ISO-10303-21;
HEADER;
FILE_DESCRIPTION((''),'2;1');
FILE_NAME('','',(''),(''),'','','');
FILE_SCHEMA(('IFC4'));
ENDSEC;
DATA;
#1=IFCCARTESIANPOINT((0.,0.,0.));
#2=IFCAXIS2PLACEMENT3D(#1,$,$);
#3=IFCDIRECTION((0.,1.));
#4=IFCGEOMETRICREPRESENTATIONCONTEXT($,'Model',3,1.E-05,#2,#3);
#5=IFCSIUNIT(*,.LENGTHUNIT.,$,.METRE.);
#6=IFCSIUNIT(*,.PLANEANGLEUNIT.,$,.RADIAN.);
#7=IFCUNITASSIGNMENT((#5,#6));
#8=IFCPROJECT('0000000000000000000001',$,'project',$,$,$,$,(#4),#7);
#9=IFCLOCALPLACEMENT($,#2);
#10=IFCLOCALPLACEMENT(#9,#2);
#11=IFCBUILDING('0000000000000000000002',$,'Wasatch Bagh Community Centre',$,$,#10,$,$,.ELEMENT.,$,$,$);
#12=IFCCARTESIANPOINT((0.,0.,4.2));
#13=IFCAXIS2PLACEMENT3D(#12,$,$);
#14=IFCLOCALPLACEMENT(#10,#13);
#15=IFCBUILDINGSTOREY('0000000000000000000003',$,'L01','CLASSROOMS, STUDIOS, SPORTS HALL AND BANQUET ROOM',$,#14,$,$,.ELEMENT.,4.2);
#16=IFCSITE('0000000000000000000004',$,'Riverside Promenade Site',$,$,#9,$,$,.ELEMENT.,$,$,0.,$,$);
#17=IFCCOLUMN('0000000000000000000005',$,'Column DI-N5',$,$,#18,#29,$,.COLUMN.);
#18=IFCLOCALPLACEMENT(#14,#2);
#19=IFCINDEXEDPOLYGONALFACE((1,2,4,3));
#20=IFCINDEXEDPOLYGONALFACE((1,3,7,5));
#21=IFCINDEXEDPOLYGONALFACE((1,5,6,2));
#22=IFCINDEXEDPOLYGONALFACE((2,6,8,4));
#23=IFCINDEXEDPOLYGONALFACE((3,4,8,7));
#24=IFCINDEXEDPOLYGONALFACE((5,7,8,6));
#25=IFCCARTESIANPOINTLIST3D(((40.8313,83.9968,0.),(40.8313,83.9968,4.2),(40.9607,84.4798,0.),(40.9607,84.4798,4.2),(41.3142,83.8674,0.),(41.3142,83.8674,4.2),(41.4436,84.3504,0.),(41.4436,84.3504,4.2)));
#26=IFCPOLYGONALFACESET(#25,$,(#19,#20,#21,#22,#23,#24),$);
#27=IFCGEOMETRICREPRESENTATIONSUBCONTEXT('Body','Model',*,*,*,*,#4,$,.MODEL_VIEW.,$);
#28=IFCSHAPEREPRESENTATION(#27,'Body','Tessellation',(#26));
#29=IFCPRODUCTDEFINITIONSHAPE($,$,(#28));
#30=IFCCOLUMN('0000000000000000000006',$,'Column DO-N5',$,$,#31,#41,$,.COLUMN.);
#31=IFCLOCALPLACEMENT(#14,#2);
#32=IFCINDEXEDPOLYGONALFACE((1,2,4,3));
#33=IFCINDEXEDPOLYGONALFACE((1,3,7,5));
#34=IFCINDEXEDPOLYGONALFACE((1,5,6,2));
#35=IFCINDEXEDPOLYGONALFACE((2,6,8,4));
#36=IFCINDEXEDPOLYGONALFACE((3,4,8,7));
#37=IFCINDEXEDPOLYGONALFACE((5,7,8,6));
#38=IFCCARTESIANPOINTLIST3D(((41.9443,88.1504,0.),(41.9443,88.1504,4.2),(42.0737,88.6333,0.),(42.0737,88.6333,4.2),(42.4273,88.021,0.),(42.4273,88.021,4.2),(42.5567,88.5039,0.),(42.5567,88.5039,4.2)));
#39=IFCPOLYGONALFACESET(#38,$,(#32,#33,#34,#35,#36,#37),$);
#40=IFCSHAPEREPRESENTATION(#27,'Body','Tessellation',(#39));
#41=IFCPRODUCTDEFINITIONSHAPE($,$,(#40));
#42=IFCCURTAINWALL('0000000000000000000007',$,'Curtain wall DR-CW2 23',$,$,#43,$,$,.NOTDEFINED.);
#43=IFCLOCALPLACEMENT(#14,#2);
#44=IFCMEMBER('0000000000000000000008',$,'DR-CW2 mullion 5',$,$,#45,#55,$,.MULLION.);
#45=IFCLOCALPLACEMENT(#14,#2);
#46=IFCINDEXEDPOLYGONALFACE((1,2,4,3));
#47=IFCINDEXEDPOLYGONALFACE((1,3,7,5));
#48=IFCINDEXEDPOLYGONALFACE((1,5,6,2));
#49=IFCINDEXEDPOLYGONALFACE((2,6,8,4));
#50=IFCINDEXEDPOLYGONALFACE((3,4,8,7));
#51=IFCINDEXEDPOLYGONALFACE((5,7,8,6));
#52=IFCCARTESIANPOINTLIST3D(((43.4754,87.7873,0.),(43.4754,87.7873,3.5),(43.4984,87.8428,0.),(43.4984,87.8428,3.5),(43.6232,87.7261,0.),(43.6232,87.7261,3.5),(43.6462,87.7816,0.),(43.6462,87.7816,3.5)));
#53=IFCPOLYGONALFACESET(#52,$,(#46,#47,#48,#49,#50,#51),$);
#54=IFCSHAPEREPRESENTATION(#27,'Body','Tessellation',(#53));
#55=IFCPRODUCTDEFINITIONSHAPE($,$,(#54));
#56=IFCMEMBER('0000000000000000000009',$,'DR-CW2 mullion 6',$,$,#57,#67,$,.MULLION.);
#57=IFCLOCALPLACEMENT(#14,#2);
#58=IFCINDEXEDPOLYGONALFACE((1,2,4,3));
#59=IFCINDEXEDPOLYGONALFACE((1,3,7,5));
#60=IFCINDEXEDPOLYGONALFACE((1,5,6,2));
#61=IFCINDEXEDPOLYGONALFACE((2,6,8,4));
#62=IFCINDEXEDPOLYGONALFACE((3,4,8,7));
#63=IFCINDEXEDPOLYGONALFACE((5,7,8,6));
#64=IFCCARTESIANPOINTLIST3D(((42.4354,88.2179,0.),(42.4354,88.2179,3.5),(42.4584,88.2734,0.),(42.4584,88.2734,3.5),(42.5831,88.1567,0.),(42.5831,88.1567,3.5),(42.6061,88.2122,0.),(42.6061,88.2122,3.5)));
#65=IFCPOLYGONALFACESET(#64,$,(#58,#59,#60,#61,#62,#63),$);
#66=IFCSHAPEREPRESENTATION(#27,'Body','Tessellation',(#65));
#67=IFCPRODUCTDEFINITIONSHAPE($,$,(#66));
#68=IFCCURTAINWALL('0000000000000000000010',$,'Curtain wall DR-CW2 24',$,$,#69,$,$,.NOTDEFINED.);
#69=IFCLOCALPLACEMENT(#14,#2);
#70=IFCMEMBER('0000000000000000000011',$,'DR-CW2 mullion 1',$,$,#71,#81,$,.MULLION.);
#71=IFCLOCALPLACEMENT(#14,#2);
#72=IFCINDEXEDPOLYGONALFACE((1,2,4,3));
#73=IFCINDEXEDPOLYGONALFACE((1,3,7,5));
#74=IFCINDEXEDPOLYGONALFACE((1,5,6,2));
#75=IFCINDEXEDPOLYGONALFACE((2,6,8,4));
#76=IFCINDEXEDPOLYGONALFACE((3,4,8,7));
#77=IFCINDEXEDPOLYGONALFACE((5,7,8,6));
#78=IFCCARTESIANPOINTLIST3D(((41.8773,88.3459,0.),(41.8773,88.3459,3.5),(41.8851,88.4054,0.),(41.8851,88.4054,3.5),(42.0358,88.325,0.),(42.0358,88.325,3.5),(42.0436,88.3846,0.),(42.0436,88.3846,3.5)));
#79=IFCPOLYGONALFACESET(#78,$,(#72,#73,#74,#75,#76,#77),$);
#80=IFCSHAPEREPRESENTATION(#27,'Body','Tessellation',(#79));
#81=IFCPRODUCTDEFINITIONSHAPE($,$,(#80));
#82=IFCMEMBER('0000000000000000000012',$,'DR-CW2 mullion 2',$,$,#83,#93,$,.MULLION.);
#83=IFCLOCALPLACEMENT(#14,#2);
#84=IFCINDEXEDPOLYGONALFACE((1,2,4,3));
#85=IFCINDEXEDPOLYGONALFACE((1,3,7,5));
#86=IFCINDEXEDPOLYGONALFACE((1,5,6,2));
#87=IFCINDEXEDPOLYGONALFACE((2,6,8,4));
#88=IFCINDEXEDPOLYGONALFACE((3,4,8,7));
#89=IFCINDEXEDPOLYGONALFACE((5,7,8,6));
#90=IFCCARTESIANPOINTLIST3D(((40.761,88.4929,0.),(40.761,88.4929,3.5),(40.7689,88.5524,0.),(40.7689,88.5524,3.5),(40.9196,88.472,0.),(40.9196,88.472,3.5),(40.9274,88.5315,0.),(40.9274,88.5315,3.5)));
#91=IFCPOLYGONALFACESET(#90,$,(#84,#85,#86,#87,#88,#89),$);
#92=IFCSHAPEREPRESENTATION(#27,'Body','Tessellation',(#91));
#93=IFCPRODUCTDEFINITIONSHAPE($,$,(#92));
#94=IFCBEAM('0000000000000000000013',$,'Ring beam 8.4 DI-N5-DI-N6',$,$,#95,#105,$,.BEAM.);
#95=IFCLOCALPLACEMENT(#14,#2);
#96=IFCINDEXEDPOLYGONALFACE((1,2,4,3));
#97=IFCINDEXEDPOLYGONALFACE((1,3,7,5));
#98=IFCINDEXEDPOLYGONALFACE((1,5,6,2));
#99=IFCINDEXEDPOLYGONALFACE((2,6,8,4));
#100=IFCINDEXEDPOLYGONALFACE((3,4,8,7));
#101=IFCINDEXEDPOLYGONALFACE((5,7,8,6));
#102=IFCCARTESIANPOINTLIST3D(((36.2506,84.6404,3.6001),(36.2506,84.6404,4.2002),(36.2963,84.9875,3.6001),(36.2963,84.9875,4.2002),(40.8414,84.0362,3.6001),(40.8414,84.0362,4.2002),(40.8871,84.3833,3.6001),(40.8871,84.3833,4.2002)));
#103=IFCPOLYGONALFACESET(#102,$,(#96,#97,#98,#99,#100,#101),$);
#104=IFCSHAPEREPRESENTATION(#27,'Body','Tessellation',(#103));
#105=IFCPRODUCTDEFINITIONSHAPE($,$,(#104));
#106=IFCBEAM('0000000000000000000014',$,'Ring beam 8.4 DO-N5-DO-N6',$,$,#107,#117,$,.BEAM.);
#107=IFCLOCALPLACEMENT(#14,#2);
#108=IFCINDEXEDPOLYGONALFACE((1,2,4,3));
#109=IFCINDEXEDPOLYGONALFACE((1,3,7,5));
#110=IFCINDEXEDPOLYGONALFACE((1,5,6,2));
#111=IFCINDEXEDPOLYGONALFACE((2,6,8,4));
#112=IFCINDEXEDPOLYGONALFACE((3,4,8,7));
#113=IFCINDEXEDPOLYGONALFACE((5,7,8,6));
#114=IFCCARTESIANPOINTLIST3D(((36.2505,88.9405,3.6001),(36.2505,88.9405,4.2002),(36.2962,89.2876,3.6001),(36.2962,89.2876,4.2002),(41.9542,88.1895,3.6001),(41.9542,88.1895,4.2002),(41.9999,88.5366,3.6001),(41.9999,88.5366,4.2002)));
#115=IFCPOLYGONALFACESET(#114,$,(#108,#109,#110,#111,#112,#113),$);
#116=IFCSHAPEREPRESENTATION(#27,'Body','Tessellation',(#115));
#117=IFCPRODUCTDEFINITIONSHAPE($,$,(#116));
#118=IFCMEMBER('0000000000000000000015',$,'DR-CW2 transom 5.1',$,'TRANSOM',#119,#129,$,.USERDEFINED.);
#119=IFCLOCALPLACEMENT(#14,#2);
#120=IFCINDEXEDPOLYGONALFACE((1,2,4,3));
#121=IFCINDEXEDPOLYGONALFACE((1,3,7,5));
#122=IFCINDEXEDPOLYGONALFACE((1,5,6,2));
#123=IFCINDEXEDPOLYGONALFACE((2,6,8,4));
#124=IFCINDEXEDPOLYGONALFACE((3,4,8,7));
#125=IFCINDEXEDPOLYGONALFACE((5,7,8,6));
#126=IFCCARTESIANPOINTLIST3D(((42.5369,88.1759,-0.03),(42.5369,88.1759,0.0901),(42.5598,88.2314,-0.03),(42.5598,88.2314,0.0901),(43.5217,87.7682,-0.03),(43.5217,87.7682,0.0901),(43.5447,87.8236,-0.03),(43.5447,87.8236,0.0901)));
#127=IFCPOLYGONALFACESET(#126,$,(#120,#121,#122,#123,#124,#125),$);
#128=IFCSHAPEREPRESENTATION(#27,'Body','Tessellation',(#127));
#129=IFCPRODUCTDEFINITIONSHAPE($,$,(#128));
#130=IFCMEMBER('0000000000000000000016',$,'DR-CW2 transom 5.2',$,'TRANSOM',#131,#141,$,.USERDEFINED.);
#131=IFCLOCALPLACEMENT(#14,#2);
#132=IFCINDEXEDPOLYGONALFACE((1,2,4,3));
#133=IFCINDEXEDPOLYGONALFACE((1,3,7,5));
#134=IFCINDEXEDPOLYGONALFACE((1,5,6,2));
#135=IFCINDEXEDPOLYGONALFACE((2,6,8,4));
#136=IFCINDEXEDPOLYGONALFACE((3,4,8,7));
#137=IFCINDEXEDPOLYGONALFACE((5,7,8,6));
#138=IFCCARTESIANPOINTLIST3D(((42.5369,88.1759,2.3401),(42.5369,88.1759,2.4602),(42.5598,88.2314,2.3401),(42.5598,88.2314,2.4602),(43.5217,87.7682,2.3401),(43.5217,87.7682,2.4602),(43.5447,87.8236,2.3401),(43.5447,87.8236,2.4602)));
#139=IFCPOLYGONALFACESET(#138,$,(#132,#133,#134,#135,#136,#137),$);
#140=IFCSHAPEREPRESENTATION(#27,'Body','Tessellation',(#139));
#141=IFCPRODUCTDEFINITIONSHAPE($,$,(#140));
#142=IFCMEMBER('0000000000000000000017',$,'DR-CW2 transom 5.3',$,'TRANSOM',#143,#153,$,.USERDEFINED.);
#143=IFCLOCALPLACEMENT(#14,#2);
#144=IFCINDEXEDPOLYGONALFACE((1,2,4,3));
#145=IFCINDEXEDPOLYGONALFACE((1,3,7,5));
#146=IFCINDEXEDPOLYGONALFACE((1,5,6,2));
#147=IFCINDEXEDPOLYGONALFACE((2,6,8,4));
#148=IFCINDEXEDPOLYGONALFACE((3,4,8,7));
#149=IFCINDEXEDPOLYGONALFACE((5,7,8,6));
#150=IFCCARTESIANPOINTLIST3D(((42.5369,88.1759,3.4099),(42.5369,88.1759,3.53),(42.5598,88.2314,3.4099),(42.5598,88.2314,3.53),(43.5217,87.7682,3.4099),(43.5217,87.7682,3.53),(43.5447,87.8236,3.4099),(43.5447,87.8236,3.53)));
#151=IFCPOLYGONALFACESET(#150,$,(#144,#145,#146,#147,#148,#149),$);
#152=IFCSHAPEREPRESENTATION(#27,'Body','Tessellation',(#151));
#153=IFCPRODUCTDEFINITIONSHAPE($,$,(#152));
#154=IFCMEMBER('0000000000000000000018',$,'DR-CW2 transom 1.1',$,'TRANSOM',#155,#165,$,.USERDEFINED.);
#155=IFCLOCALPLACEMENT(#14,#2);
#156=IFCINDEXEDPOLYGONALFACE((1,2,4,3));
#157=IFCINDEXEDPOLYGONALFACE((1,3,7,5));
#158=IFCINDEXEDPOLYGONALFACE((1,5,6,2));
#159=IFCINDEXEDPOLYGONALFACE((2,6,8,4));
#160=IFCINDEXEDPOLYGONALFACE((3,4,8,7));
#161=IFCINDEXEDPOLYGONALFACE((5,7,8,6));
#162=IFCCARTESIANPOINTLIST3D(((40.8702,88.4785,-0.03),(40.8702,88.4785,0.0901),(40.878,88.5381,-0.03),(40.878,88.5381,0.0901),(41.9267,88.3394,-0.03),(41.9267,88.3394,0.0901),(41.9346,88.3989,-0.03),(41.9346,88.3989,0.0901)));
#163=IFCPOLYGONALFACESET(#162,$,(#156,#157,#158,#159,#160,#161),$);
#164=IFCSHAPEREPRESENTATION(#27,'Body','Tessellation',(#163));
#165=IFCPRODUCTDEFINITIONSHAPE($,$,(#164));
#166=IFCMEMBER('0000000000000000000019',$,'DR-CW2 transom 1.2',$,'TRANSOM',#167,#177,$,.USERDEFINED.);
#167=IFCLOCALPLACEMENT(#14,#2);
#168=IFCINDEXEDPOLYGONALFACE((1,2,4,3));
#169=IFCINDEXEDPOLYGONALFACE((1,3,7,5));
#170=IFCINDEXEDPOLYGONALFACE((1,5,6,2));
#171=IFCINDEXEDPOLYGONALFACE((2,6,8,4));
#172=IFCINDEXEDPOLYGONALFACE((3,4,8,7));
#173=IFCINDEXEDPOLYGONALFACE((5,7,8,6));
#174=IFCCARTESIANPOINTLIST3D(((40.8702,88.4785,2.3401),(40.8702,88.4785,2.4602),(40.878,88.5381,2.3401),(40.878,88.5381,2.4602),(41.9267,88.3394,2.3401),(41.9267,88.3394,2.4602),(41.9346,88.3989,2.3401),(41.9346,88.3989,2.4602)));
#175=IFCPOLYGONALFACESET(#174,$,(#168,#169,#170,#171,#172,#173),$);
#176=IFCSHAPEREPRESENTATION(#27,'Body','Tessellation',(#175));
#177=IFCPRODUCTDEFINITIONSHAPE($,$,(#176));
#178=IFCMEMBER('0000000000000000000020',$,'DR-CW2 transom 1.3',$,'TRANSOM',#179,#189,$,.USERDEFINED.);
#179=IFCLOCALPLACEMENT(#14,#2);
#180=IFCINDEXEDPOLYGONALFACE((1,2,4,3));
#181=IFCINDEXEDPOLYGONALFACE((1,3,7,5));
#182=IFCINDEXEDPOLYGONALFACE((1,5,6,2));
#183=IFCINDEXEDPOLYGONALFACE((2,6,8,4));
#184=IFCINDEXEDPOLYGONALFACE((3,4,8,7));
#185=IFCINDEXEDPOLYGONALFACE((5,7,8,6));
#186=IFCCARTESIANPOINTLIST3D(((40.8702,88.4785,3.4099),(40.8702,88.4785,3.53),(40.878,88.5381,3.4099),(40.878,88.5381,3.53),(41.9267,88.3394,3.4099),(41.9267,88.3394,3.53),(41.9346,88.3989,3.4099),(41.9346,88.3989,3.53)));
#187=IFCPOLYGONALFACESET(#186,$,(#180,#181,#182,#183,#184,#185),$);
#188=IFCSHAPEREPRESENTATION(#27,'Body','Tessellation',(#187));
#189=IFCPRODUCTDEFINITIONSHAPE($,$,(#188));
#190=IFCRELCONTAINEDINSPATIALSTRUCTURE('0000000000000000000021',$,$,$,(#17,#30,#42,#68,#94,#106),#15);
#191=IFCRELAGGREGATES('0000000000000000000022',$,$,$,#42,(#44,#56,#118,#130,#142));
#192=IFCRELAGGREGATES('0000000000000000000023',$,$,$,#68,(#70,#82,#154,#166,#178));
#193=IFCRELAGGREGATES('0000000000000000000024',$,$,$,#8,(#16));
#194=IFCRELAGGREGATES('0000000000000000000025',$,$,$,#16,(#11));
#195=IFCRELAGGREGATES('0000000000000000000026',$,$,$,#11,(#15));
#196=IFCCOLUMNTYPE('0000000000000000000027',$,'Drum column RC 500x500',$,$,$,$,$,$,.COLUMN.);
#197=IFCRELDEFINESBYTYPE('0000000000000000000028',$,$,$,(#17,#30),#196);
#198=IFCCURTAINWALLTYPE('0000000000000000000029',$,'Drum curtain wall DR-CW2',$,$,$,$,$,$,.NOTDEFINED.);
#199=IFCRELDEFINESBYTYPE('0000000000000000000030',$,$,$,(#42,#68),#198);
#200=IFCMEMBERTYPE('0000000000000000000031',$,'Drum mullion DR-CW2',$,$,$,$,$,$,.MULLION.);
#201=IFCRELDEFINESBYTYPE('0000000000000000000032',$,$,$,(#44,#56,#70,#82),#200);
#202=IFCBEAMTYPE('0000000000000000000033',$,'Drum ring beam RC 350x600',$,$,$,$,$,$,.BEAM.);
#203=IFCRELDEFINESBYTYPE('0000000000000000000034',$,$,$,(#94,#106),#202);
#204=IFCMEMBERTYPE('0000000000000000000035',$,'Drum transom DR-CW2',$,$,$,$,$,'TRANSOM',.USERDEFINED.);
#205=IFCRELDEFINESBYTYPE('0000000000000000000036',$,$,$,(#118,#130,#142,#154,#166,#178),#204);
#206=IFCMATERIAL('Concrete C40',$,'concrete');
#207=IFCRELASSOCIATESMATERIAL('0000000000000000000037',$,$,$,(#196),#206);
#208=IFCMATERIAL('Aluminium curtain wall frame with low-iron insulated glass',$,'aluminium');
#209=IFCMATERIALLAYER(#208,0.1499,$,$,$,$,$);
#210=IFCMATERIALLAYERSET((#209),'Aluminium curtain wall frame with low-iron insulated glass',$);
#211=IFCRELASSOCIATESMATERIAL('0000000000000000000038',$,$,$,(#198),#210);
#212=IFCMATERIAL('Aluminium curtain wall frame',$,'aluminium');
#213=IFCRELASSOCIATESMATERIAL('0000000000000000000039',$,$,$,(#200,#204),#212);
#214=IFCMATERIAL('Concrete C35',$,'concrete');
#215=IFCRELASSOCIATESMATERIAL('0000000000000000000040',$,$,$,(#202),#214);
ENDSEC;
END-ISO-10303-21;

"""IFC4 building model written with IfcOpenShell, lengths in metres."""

from ifc_helpers import new_model, si_unit, direction, frame, origin, origin_2d, place, context, subcontext, project, spatial, rectangle, extrude, material, layer, layer_set, material_profile, profile_set, type_object, element, aggregate, save


model = new_model("IFC4")

# Units and contexts
model_context = context("Model", 3, precision=1e-05, world=origin(), true_north=direction((0.0, 1.0)))
body_context = subcontext(model_context, "Body", "Model", "MODEL_VIEW")
ifc_project = project(units=[si_unit("LENGTHUNIT", "METRE"), si_unit("PLANEANGLEUNIT", "RADIAN")], contexts=[model_context])

# Site, building, storey
site_placement = place(None, origin())
site = spatial("IfcSite", under=ifc_project, at=site_placement, Name="Riverside Promenade Site", CompositionType="ELEMENT", RefElevation=0.0)
building_placement = place(site_placement, origin())
building = spatial("IfcBuilding", under=site, at=building_placement, Name="Wasatch Bagh Community Centre", CompositionType="ELEMENT")
storey_placement = place(building_placement, frame((0.0, 0.0, 4.2)))
storey = spatial("IfcBuildingStorey", under=building, at=storey_placement, Name="L01", Description="CLASSROOMS, STUDIOS, SPORTS HALL AND BANQUET ROOM", CompositionType="ELEMENT", Elevation=4.2)

# Columns
ifc_material_1 = material(Name="Concrete C40", Category="concrete")
ifc_material_profile_1 = material_profile(ifc_material_1, rectangle(XDim=0.5, YDim=0.5, at=origin_2d()), Name="RC 500x500")
ifc_profile_set_1 = profile_set([ifc_material_profile_1], Name="Concrete C40")
column_type = type_object("IfcColumnType", Name="Drum column RC 500x500", PredefinedType="COLUMN", material=ifc_profile_set_1)
for number, where, z_axis, x_axis, name in (
    (1, (41.1375, 84.1736, 0.0), (0.0, 0.0, 1.0), (0.258819, 0.965926, 0.0), "Column DI-N5"),
    (2, (42.2505, 88.3271, 0.0), (0.0, 0.0, 1.0), (0.258819, 0.965926, 0.0), "Column DO-N5"),
):
    element("IfcColumn", number, at=place(storey_placement, frame(where, z_axis=z_axis, x_axis=x_axis)), inside=storey, type_object=column_type, Name=name, PredefinedType="COLUMN", context=body_context, shape_type="SweptSolid", body=[
        extrude(rectangle(XDim=0.5, YDim=0.5, at=origin_2d()), origin(), (0.0, 0.0, 1.0), 4.2),
    ])

# Curtain walls, members
ifc_material_2 = material(Name="Aluminium curtain wall frame with low-iron insulated glass", Category="aluminium")
ifc_layer_1 = layer(ifc_material_2, 0.1499)
ifc_layer_set_1 = layer_set([ifc_layer_1], Name="Aluminium curtain wall frame with low-iron insulated glass")
curtain_wall_type = type_object("IfcCurtainWallType", Name="Drum curtain wall DR-CW2", PredefinedType="NOTDEFINED", material=ifc_layer_set_1)
curtain_wall_1_placement = place(storey_placement, origin())
curtain_wall_1 = element("IfcCurtainWall", 3, at=curtain_wall_1_placement, inside=storey, type_object=curtain_wall_type, Name="Curtain wall DR-CW2 23", PredefinedType="NOTDEFINED")
ifc_material_3 = material(Name="Aluminium curtain wall frame", Category="aluminium")
ifc_material_profile_2 = material_profile(ifc_material_3, rectangle(XDim=0.0601, YDim=0.1599, at=origin_2d()), Name="Drum mullion DR-CW2")
ifc_profile_set_2 = profile_set([ifc_material_profile_2], Name="Aluminium curtain wall frame")
member_type_1 = type_object("IfcMemberType", Name="Drum mullion DR-CW2", PredefinedType="MULLION", material=ifc_profile_set_2)
member_1_placement = place(storey_placement, frame((43.5608, 87.7844, 0.0), z_axis=(0.0, 0.0, 1.0), x_axis=(-0.382683, -0.92388, 0.0)))
member_1 = element("IfcMember", 4, at=member_1_placement, type_object=member_type_1, Name="DR-CW2 mullion 5", PredefinedType="MULLION", context=body_context, shape_type="SweptSolid", body=[
    extrude(rectangle(XDim=0.0601, YDim=0.1599, at=origin_2d()), origin(), (0.0, 0.0, 1.0), 3.5),
])
member_2_placement = place(storey_placement, frame((42.5208, 88.2151, 0.0), z_axis=(0.0, 0.0, 1.0), x_axis=(-0.382683, -0.92388, 0.0)))
member_2 = element("IfcMember", 5, at=member_2_placement, type_object=member_type_1, Name="DR-CW2 mullion 6", PredefinedType="MULLION", context=body_context, shape_type="SweptSolid", body=[
    extrude(rectangle(XDim=0.0601, YDim=0.1599, at=origin_2d()), origin(), (0.0, 0.0, 1.0), 3.5),
])
curtain_wall_2_placement = place(storey_placement, origin())
curtain_wall_2 = element("IfcCurtainWall", 6, at=curtain_wall_2_placement, inside=storey, type_object=curtain_wall_type, Name="Curtain wall DR-CW2 24", PredefinedType="NOTDEFINED")
member_3_placement = place(storey_placement, frame((41.9604, 88.3652, 0.0), z_axis=(0.0, 0.0, 1.0), x_axis=(-0.130526, -0.991445, 0.0)))
member_3 = element("IfcMember", 7, at=member_3_placement, type_object=member_type_1, Name="DR-CW2 mullion 1", PredefinedType="MULLION", context=body_context, shape_type="SweptSolid", body=[
    extrude(rectangle(XDim=0.0601, YDim=0.1599, at=origin_2d()), origin(), (0.0, 0.0, 1.0), 3.5),
])
member_4_placement = place(storey_placement, frame((40.8442, 88.5122, 0.0), z_axis=(0.0, 0.0, 1.0), x_axis=(-0.130526, -0.991445, 0.0)))
member_4 = element("IfcMember", 8, at=member_4_placement, type_object=member_type_1, Name="DR-CW2 mullion 2", PredefinedType="MULLION", context=body_context, shape_type="SweptSolid", body=[
    extrude(rectangle(XDim=0.0601, YDim=0.1599, at=origin_2d()), origin(), (0.0, 0.0, 1.0), 3.5),
])

# Beams
ifc_material_4 = material(Name="Concrete C35", Category="concrete")
ifc_material_profile_3 = material_profile(ifc_material_4, rectangle(XDim=0.3501, YDim=0.6001, at=origin_2d()), Name="RC 350x600")
ifc_profile_set_3 = profile_set([ifc_material_profile_3], Name="Concrete C35")
beam_type = type_object("IfcBeamType", Name="Drum ring beam RC 350x600", PredefinedType="BEAM", material=ifc_profile_set_3)
beam_1_placement = place(storey_placement, frame((40.8643, 84.2097, 3.9001), z_axis=(-0.991449, 0.130495, 0.0), x_axis=(-0.130495, -0.991449, 0.0)))
element("IfcBeam", 9, at=beam_1_placement, inside=storey, type_object=beam_type, Name="Ring beam 8.4 DI-N5-DI-N6", PredefinedType="BEAM", context=body_context, shape_type="SweptSolid", body=[
    extrude(rectangle(XDim=0.3501, YDim=0.6001, at=origin_2d()), origin(), (0.0, 0.0, 1.0), 4.6304),
])
beam_2_placement = place(storey_placement, frame((41.9771, 88.363, 3.9001), z_axis=(-0.991443, 0.13054, 0.0), x_axis=(-0.13054, -0.991443, 0.0)))
element("IfcBeam", 10, at=beam_2_placement, inside=storey, type_object=beam_type, Name="Ring beam 8.4 DO-N5-DO-N6", PredefinedType="BEAM", context=body_context, shape_type="SweptSolid", body=[
    extrude(rectangle(XDim=0.3501, YDim=0.6001, at=origin_2d()), origin(), (0.0, 0.0, 1.0), 5.7529),
])

# Members
ifc_material_profile_4 = material_profile(ifc_material_3, rectangle(XDim=0.0601, YDim=0.1201, at=origin_2d()), Name="Drum transom DR-CW2")
ifc_profile_set_4 = profile_set([ifc_material_profile_4], Name="Aluminium curtain wall frame")
member_type_2 = type_object("IfcMemberType", Name="Drum transom DR-CW2", ElementType="TRANSOM", PredefinedType="USERDEFINED", material=ifc_profile_set_4)
member_5_placement = place(storey_placement, frame((43.5332, 87.7959, 0.03), z_axis=(-0.923955, 0.3825, 0.0), x_axis=(-0.3825, -0.923955, 0.0)))
member_5 = element("IfcMember", 11, at=member_5_placement, type_object=member_type_2, Name="DR-CW2 transom 5.1", ObjectType="TRANSOM", PredefinedType="USERDEFINED", context=body_context, shape_type="SweptSolid", body=[
    extrude(rectangle(XDim=0.0601, YDim=0.1201, at=origin_2d()), origin(), (0.0, 0.0, 1.0), 1.0659),
])
member_6_placement = place(storey_placement, frame((43.5332, 87.7959, 2.4001), z_axis=(-0.923955, 0.3825, 0.0), x_axis=(-0.3825, -0.923955, 0.0)))
member_6 = element("IfcMember", 12, at=member_6_placement, type_object=member_type_2, Name="DR-CW2 transom 5.2", ObjectType="TRANSOM", PredefinedType="USERDEFINED", context=body_context, shape_type="SweptSolid", body=[
    extrude(rectangle(XDim=0.0601, YDim=0.1201, at=origin_2d()), origin(), (0.0, 0.0, 1.0), 1.0659),
])
member_7_placement = place(storey_placement, frame((43.5332, 87.7959, 3.47), z_axis=(-0.923955, 0.3825, 0.0), x_axis=(-0.3825, -0.923955, 0.0)))
member_7 = element("IfcMember", 13, at=member_7_placement, type_object=member_type_2, Name="DR-CW2 transom 5.3", ObjectType="TRANSOM", PredefinedType="USERDEFINED", context=body_context, shape_type="SweptSolid", body=[
    extrude(rectangle(XDim=0.0601, YDim=0.1201, at=origin_2d()), origin(), (0.0, 0.0, 1.0), 1.0659),
])
member_8_placement = place(storey_placement, frame((41.9307, 88.3691, 0.03), z_axis=(-0.991439, 0.130573, 0.0), x_axis=(-0.130573, -0.991439, 0.0)))
member_8 = element("IfcMember", 14, at=member_8_placement, type_object=member_type_2, Name="DR-CW2 transom 1.1", ObjectType="TRANSOM", PredefinedType="USERDEFINED", context=body_context, shape_type="SweptSolid", body=[
    extrude(rectangle(XDim=0.0601, YDim=0.1201, at=origin_2d()), origin(), (0.0, 0.0, 1.0), 1.0657),
])
member_9_placement = place(storey_placement, frame((41.9307, 88.3691, 2.4001), z_axis=(-0.991439, 0.130573, 0.0), x_axis=(-0.130573, -0.991439, 0.0)))
member_9 = element("IfcMember", 15, at=member_9_placement, type_object=member_type_2, Name="DR-CW2 transom 1.2", ObjectType="TRANSOM", PredefinedType="USERDEFINED", context=body_context, shape_type="SweptSolid", body=[
    extrude(rectangle(XDim=0.0601, YDim=0.1201, at=origin_2d()), origin(), (0.0, 0.0, 1.0), 1.0657),
])
member_10_placement = place(storey_placement, frame((41.9307, 88.3691, 3.47), z_axis=(-0.991439, 0.130573, 0.0), x_axis=(-0.130573, -0.991439, 0.0)))
member_10 = element("IfcMember", 16, at=member_10_placement, type_object=member_type_2, Name="DR-CW2 transom 1.3", ObjectType="TRANSOM", PredefinedType="USERDEFINED", context=body_context, shape_type="SweptSolid", body=[
    extrude(rectangle(XDim=0.0601, YDim=0.1201, at=origin_2d()), origin(), (0.0, 0.0, 1.0), 1.0657),
])

aggregate(curtain_wall_1, [member_1, member_2, member_5, member_6, member_7])
aggregate(curtain_wall_2, [member_3, member_4, member_8, member_9, member_10])

save(model, "model.ifc")
